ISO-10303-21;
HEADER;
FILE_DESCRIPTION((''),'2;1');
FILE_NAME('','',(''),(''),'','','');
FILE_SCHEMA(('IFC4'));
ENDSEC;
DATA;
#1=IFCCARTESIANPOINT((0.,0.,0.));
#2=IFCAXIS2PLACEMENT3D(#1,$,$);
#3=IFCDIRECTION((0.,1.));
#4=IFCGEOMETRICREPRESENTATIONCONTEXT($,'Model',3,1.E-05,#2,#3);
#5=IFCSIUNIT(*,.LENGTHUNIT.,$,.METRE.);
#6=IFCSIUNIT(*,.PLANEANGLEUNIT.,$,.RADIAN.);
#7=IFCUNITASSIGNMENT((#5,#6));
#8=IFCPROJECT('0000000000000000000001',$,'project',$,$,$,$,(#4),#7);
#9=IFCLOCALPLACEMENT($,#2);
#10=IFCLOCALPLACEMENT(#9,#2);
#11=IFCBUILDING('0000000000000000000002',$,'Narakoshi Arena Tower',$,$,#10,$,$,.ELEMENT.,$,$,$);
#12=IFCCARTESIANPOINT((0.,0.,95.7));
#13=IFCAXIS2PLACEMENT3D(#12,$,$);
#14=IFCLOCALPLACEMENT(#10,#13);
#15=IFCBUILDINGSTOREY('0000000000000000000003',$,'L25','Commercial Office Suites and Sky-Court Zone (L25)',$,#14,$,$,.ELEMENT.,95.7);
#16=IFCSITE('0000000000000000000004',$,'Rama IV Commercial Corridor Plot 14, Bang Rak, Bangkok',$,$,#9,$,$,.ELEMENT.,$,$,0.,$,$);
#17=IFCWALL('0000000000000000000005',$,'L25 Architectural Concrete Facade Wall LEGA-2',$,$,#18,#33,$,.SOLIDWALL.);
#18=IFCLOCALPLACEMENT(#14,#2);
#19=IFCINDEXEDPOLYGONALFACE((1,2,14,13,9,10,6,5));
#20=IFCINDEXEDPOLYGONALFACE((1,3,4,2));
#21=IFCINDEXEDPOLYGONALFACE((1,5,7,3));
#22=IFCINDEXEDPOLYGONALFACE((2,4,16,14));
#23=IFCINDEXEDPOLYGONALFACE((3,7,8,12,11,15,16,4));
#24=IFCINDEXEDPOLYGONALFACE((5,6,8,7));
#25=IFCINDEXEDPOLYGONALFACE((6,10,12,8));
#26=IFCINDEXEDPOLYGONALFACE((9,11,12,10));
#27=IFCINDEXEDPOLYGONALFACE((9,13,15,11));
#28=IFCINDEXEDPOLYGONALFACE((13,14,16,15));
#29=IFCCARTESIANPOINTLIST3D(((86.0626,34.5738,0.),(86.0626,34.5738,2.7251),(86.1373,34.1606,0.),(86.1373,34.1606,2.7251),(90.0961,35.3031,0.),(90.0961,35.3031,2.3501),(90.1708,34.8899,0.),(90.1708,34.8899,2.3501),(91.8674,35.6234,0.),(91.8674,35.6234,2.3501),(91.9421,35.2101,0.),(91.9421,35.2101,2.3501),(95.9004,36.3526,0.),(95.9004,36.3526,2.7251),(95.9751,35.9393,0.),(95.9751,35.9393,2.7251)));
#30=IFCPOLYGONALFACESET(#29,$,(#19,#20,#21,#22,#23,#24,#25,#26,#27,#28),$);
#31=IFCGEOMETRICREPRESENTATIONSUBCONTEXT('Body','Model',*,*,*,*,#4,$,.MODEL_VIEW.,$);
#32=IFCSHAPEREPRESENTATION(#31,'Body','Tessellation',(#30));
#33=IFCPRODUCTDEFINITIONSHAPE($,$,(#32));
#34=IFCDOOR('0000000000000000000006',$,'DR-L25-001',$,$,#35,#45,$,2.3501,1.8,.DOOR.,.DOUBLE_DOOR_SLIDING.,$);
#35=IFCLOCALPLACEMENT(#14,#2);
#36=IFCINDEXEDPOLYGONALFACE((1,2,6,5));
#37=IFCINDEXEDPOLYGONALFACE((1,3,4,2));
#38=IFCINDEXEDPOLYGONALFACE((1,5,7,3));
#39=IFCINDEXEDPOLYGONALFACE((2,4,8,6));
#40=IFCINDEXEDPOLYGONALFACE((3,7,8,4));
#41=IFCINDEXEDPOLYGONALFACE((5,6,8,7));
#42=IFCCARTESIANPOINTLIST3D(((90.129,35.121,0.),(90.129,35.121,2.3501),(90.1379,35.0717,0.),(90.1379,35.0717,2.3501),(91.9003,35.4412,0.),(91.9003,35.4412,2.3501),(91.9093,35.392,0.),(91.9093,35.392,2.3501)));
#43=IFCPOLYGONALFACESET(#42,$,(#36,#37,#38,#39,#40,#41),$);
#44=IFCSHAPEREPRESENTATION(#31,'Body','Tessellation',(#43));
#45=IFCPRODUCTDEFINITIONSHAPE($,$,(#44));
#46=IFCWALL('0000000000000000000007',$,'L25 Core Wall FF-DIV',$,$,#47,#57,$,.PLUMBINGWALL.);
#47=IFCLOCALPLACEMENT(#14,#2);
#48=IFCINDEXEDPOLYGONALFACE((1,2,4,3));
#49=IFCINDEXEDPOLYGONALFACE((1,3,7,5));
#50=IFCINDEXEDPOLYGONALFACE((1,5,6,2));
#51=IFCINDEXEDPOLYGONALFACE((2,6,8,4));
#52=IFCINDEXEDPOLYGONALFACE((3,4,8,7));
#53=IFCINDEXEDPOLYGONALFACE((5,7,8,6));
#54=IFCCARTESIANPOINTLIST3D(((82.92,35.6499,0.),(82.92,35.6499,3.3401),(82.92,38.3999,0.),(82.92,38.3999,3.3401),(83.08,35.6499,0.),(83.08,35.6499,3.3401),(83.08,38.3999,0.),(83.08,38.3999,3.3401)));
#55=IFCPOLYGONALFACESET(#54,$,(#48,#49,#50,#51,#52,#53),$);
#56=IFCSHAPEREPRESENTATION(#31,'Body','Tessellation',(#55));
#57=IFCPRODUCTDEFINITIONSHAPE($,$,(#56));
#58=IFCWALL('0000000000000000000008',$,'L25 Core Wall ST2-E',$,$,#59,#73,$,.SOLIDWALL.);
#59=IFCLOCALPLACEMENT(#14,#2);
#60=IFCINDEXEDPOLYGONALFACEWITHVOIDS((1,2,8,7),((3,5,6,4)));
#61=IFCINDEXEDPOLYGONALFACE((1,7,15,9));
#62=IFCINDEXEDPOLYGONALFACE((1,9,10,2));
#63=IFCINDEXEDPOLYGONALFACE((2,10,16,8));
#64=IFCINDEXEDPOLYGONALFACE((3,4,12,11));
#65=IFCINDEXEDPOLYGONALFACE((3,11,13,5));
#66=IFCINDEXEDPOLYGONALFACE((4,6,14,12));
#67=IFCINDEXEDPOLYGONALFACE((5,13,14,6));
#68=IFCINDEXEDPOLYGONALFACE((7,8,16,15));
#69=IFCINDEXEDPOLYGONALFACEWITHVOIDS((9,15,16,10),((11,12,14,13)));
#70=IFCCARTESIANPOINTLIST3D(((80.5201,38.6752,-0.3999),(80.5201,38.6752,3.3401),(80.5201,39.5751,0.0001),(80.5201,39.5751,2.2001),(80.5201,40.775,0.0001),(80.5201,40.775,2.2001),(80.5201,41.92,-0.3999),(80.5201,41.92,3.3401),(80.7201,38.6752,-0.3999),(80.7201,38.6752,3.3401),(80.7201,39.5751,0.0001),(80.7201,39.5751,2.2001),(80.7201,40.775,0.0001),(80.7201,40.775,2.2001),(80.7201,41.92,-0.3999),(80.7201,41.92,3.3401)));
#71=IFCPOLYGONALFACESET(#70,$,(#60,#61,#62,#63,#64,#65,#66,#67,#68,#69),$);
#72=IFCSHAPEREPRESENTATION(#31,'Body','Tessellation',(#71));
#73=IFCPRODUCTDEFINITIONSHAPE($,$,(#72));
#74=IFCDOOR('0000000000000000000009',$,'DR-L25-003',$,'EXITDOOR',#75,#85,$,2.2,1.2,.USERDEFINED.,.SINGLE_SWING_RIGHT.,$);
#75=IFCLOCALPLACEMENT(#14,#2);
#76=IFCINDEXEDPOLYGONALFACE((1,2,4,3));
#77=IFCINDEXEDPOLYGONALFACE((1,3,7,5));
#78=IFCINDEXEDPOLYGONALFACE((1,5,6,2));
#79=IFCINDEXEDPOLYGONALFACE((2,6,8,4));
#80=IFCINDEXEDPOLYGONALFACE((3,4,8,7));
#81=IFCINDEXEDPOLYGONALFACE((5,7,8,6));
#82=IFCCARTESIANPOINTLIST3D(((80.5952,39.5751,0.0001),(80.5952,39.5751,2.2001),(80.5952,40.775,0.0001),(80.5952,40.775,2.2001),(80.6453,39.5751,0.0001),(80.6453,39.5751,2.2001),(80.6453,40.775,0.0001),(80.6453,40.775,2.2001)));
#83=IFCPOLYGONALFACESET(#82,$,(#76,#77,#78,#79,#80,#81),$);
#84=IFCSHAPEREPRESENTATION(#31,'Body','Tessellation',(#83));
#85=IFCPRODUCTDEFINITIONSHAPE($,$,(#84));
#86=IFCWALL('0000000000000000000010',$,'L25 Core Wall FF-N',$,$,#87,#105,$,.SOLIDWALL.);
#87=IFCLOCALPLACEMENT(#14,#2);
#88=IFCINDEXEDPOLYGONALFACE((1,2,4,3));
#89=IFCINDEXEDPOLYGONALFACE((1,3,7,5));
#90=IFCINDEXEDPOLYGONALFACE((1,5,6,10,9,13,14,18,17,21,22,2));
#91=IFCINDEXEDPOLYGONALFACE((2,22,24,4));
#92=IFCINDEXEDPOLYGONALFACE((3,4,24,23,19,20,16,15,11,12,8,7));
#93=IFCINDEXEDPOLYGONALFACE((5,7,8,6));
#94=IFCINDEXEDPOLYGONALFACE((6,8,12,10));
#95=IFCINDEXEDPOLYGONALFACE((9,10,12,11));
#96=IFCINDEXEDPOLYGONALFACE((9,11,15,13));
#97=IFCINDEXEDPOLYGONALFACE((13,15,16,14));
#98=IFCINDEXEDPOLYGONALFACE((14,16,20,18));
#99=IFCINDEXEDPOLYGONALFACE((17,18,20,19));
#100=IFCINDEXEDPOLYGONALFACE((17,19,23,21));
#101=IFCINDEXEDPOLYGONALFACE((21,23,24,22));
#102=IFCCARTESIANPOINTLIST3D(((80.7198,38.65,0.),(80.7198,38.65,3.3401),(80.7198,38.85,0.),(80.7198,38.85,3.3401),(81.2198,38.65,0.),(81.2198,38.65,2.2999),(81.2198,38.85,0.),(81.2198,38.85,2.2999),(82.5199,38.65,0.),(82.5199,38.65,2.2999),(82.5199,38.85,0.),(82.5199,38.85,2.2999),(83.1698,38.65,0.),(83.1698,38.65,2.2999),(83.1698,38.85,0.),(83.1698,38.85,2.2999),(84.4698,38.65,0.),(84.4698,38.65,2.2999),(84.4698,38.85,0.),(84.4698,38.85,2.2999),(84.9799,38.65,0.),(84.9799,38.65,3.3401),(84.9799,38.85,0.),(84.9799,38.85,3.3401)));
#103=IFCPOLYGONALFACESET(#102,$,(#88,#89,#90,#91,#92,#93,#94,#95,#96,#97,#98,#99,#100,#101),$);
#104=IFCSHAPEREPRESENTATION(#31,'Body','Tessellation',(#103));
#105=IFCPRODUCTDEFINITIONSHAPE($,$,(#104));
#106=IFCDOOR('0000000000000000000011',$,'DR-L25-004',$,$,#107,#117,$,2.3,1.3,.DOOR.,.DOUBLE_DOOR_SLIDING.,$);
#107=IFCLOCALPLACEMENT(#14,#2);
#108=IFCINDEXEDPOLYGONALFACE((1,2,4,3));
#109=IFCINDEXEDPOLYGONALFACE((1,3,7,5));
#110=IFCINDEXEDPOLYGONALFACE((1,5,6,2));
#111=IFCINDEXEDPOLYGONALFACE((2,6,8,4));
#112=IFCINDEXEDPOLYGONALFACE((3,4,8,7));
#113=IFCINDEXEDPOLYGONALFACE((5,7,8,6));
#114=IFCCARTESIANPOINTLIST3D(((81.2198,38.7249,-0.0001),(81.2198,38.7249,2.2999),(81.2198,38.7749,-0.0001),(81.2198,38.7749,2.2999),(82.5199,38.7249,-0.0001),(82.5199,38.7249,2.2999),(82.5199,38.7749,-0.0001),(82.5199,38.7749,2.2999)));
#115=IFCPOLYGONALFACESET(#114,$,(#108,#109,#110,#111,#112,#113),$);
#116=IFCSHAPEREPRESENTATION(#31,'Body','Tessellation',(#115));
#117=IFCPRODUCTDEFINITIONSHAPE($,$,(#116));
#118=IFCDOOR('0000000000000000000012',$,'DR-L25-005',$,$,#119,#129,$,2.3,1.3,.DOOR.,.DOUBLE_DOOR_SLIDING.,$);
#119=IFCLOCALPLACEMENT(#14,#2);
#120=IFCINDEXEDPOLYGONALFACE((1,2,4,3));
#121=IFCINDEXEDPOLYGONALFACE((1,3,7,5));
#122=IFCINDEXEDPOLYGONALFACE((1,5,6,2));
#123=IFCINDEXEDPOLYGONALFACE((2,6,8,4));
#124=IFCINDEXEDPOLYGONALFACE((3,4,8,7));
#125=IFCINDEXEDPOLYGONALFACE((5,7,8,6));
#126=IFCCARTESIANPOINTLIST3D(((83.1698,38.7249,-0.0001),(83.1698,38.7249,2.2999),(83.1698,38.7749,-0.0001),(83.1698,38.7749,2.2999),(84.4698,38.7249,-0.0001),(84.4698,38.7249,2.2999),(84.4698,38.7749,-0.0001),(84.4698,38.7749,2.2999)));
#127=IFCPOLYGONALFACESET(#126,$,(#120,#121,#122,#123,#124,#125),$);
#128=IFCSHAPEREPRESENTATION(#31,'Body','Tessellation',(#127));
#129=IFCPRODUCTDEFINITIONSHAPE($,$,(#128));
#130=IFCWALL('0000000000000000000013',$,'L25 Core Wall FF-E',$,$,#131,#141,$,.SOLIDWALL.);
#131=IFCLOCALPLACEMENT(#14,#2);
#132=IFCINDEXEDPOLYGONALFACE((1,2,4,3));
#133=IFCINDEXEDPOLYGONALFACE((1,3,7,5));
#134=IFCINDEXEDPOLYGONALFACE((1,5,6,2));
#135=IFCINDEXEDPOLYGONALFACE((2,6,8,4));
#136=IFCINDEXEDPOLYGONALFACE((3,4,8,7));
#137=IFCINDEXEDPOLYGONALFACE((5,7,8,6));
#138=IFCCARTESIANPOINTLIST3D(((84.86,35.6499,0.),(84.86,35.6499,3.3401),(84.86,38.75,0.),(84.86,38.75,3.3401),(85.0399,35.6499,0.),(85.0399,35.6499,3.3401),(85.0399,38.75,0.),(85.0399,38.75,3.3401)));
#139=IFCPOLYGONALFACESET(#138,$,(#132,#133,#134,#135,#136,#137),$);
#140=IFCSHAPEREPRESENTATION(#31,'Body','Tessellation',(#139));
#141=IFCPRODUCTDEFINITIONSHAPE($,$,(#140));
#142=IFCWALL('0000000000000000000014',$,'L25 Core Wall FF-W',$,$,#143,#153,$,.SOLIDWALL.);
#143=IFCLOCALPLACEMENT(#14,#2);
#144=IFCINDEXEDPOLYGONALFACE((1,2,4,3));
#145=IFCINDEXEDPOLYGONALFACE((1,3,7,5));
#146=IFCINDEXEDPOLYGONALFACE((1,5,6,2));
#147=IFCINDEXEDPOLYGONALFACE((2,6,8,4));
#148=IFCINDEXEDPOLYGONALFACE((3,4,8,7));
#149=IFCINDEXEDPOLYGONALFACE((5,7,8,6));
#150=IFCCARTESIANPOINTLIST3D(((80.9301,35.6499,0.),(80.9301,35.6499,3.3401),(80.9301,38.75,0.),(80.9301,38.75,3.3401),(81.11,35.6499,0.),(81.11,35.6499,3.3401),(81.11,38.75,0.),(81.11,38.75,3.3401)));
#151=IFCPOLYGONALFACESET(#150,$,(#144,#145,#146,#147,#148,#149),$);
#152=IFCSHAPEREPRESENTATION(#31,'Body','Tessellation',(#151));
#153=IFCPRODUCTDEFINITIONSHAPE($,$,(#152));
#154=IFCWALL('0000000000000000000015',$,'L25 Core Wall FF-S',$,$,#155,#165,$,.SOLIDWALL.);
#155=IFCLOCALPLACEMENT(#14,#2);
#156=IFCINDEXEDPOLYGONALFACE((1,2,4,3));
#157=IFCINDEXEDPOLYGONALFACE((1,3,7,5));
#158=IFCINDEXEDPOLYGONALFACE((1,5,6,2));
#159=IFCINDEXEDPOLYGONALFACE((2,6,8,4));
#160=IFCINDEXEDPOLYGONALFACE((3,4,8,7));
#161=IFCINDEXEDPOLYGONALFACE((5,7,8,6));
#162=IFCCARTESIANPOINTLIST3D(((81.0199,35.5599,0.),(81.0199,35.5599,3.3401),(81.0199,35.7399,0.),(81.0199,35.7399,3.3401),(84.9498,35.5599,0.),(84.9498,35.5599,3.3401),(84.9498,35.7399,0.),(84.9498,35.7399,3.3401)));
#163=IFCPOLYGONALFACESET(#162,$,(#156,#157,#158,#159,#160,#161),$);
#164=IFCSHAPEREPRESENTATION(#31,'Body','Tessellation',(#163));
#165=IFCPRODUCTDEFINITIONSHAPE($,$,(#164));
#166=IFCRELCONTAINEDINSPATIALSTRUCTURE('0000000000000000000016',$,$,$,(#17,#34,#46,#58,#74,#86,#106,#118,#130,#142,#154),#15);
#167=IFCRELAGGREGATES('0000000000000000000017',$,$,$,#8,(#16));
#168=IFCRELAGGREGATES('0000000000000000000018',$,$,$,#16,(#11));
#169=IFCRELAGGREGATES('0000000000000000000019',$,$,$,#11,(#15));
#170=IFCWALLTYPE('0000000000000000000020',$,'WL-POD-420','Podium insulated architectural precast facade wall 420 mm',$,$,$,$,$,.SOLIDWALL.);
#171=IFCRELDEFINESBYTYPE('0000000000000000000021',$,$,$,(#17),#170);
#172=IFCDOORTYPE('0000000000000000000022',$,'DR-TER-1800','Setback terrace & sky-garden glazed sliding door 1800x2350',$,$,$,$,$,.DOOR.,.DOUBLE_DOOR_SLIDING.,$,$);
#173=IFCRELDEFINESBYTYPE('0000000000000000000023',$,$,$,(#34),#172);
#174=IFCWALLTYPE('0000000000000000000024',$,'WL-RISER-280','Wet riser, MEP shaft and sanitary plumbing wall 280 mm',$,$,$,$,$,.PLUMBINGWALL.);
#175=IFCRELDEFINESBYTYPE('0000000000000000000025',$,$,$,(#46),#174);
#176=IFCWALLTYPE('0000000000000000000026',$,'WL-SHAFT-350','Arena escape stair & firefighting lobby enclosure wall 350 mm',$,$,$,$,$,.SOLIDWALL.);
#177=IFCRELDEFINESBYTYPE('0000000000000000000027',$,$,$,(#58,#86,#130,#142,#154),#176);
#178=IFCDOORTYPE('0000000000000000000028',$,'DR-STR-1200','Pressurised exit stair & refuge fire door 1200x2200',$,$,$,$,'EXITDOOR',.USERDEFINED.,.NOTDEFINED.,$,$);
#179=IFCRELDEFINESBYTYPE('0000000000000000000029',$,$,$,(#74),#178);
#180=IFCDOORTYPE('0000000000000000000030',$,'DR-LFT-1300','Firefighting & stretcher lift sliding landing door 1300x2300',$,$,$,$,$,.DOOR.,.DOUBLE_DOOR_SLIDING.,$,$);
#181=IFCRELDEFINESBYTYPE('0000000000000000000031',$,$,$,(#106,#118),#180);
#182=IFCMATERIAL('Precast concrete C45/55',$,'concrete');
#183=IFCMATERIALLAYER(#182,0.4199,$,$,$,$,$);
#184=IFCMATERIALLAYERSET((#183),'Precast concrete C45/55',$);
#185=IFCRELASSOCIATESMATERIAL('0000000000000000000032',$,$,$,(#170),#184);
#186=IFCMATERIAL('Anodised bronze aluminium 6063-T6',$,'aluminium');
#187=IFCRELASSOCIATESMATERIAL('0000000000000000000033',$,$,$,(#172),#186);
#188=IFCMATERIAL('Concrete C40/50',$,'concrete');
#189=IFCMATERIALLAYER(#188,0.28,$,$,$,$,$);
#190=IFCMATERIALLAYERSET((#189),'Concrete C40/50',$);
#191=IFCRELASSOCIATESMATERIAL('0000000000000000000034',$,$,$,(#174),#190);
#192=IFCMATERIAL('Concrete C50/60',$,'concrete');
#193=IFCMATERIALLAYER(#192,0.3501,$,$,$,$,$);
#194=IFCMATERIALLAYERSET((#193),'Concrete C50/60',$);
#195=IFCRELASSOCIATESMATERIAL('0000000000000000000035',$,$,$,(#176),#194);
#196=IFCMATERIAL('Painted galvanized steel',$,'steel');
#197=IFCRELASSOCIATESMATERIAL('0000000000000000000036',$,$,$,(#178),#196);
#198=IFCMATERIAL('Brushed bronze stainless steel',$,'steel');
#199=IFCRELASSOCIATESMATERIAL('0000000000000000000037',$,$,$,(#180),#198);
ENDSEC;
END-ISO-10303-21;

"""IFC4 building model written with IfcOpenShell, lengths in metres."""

from ifc_helpers import new_model, si_unit, direction, frame, frame_2d, origin, place, context, subcontext, project, spatial, rectangle, extrude, material, layer, layer_set, type_object, element, fill, save


model = new_model("IFC4")

# Units and contexts
model_context = context("Model", 3, precision=1e-05, world=origin(), true_north=direction((0.0, 1.0)))
body_context = subcontext(model_context, "Body", "Model", "MODEL_VIEW")
ifc_project = project(units=[si_unit("LENGTHUNIT", "METRE"), si_unit("PLANEANGLEUNIT", "RADIAN")], contexts=[model_context])

# Site, building, storey
site_placement = place(None, origin())
site = spatial("IfcSite", under=ifc_project, at=site_placement, Name="Rama IV Commercial Corridor Plot 14, Bang Rak, Bangkok", CompositionType="ELEMENT", RefElevation=0.0)
building_placement = place(site_placement, origin())
building = spatial("IfcBuilding", under=site, at=building_placement, Name="Narakoshi Arena Tower", CompositionType="ELEMENT")
storey_placement = place(building_placement, frame((0.0, 0.0, 95.7)))
storey = spatial("IfcBuildingStorey", under=building, at=storey_placement, Name="L25", Description="Commercial Office Suites and Sky-Court Zone (L25)", CompositionType="ELEMENT", Elevation=95.7)

# Wall, opening, door
ifc_material_1 = material(Name="Precast concrete C45/55", Category="concrete")
ifc_layer_1 = layer(ifc_material_1, 0.4199)
ifc_layer_set_1 = layer_set([ifc_layer_1], Name="Precast concrete C45/55")
wall_type_1 = type_object("IfcWallType", Name="WL-POD-420", Description="Podium insulated architectural precast facade wall 420 mm", PredefinedType="SOLIDWALL", material=ifc_layer_set_1)
wall_1_placement = place(storey_placement, frame((86.1001, 34.3672, 0.0), z_axis=(0.0, 0.0, 1.0), x_axis=(0.984044, 0.177927, 0.0)))
wall_1 = element("IfcWall", 1, at=wall_1_placement, inside=storey, type_object=wall_type_1, Name="L25 Architectural Concrete Facade Wall LEGA-2", PredefinedType="SOLIDWALL", context=body_context, shape_type="SweptSolid", body=[
    extrude(rectangle(XDim=9.9973, YDim=0.4199, at=frame_2d((4.9985, 0.0))), origin(), (0.0, 0.0, 1.0), 2.7251),
])
opening_1_placement = place(wall_1_placement, frame((4.0989, 0.0, 0.0)))
opening_1 = element("IfcOpeningElement", 2, at=opening_1_placement, cuts=wall_1, PredefinedType="OPENING", context=body_context, shape_type="SweptSolid", body=[
    extrude(rectangle(XDim=1.8, YDim=2.3501, at=frame_2d((0.8999, 1.175))), frame((0.0, 0.22, 0.0), z_axis=(0.0, -1.0, 0.0), x_axis=(1.0, 0.0, 0.0)), (0.0, 0.0, 1.0), 0.4399),
])
ifc_material_2 = material(Name="Anodised bronze aluminium 6063-T6", Category="aluminium")
door_type_1 = type_object("IfcDoorType", Name="DR-TER-1800", Description="Setback terrace & sky-garden glazed sliding door 1800x2350", OperationType="DOUBLE_DOOR_SLIDING", PredefinedType="DOOR", material=ifc_material_2)
door_1_placement = place(opening_1_placement, origin())
door_1 = element("IfcDoor", 3, at=door_1_placement, inside=storey, type_object=door_type_1, Name="DR-L25-001", OperationType="DOUBLE_DOOR_SLIDING", OverallHeight=2.3501, OverallWidth=1.8, PredefinedType="DOOR", context=body_context, shape_type="SweptSolid", body=[
    extrude(rectangle(XDim=1.8, YDim=2.3501, at=frame_2d((0.8999, 1.175))), frame((0.0, 0.0249, 0.0), z_axis=(0.0, -1.0, 0.0), x_axis=(1.0, 0.0, 0.0)), (0.0, 0.0, 1.0), 0.05),
])
fill(opening_1, door_1)

# Wall
ifc_material_3 = material(Name="Concrete C40/50", Category="concrete")
ifc_layer_2 = layer(ifc_material_3, 0.28)
ifc_layer_set_2 = layer_set([ifc_layer_2], Name="Concrete C40/50")
wall_type_2 = type_object("IfcWallType", Name="WL-RISER-280", Description="Wet riser, MEP shaft and sanitary plumbing wall 280 mm", PredefinedType="PLUMBINGWALL", material=ifc_layer_set_2)
wall_2_placement = place(storey_placement, frame((83.0, 35.6499, 0.0), z_axis=(0.0, 0.0, 1.0), x_axis=(0.0, 1.0, 0.0)))
element("IfcWall", 4, at=wall_2_placement, inside=storey, type_object=wall_type_2, Name="L25 Core Wall FF-DIV", PredefinedType="PLUMBINGWALL", context=body_context, shape_type="SweptSolid", body=[
    extrude(rectangle(XDim=2.75, YDim=0.1599, at=frame_2d((1.375, 0.0))), origin(), (0.0, 0.0, 1.0), 3.3401),
])

# Wall, opening, door
ifc_material_4 = material(Name="Concrete C50/60", Category="concrete")
ifc_layer_3 = layer(ifc_material_4, 0.3501)
ifc_layer_set_3 = layer_set([ifc_layer_3], Name="Concrete C50/60")
wall_type_3 = type_object("IfcWallType", Name="WL-SHAFT-350", Description="Arena escape stair & firefighting lobby enclosure wall 350 mm", PredefinedType="SOLIDWALL", material=ifc_layer_set_3)
wall_3_placement = place(storey_placement, frame((80.6201, 38.675, -0.3999), z_axis=(0.0, 0.0, 1.0), x_axis=(0.0, 1.0, 0.0)))
wall_3 = element("IfcWall", 5, at=wall_3_placement, inside=storey, type_object=wall_type_3, Name="L25 Core Wall ST2-E", PredefinedType="SOLIDWALL", context=body_context, shape_type="SweptSolid", body=[
    extrude(rectangle(XDim=3.2449, YDim=0.2, at=frame_2d((1.6226, 0.0))), origin(), (0.0, 0.0, 1.0), 3.74),
])
opening_2_placement = place(wall_3_placement, frame((0.8999, 0.0, 0.3999)))
opening_2 = element("IfcOpeningElement", 6, at=opening_2_placement, cuts=wall_3, PredefinedType="OPENING", context=body_context, shape_type="SweptSolid", body=[
    extrude(rectangle(XDim=1.2, YDim=2.2, at=frame_2d((0.6001, 1.1001))), frame((0.0, 0.1099, 0.0), z_axis=(0.0, -1.0, 0.0), x_axis=(1.0, 0.0, 0.0)), (0.0, 0.0, 1.0), 0.22),
])
ifc_material_5 = material(Name="Painted galvanized steel", Category="steel")
door_type_2 = type_object("IfcDoorType", Name="DR-STR-1200", Description="Pressurised exit stair & refuge fire door 1200x2200", ElementType="EXITDOOR", OperationType="NOTDEFINED", PredefinedType="USERDEFINED", material=ifc_material_5)
door_2_placement = place(opening_2_placement, origin())
door_2 = element("IfcDoor", 7, at=door_2_placement, inside=storey, type_object=door_type_2, Name="DR-L25-003", ObjectType="EXITDOOR", OperationType="SINGLE_SWING_RIGHT", OverallHeight=2.2, OverallWidth=1.2, PredefinedType="USERDEFINED", context=body_context, shape_type="SweptSolid", body=[
    extrude(rectangle(XDim=1.2, YDim=2.2, at=frame_2d((0.6001, 1.1001))), frame((0.0, 0.0249, 0.0), z_axis=(0.0, -1.0, 0.0), x_axis=(1.0, 0.0, 0.0)), (0.0, 0.0, 1.0), 0.05),
])
fill(opening_2, door_2)

# Wall, openings, doors
wall_4_placement = place(storey_placement, frame((80.72, 38.75, 0.0), z_axis=(0.0, 0.0, 1.0), x_axis=(1.0, 0.0, 0.0)))
wall_4 = element("IfcWall", 8, at=wall_4_placement, inside=storey, type_object=wall_type_3, Name="L25 Core Wall FF-N", PredefinedType="SOLIDWALL", context=body_context, shape_type="SweptSolid", body=[
    extrude(rectangle(XDim=4.26, YDim=0.2, at=frame_2d((2.1299, 0.0))), origin(), (0.0, 0.0, 1.0), 3.3401),
])
opening_3_placement = place(wall_4_placement, frame((0.5, 0.0, 0.0)))
opening_3 = element("IfcOpeningElement", 9, at=opening_3_placement, cuts=wall_4, PredefinedType="OPENING", context=body_context, shape_type="SweptSolid", body=[
    extrude(rectangle(XDim=1.3, YDim=2.3, at=frame_2d((0.6499, 1.1499))), frame((0.0, 0.1099, 0.0), z_axis=(0.0, -1.0, 0.0), x_axis=(1.0, 0.0, 0.0)), (0.0, 0.0, 1.0), 0.22),
])
opening_4_placement = place(wall_4_placement, frame((2.45, 0.0, 0.0)))
opening_4 = element("IfcOpeningElement", 10, at=opening_4_placement, cuts=wall_4, PredefinedType="OPENING", context=body_context, shape_type="SweptSolid", body=[
    extrude(rectangle(XDim=1.3, YDim=2.3, at=frame_2d((0.6499, 1.1499))), frame((0.0, 0.1099, 0.0), z_axis=(0.0, -1.0, 0.0), x_axis=(1.0, 0.0, 0.0)), (0.0, 0.0, 1.0), 0.22),
])
ifc_material_6 = material(Name="Brushed bronze stainless steel", Category="steel")
door_type_3 = type_object("IfcDoorType", Name="DR-LFT-1300", Description="Firefighting & stretcher lift sliding landing door 1300x2300", OperationType="DOUBLE_DOOR_SLIDING", PredefinedType="DOOR", material=ifc_material_6)
door_3_placement = place(opening_3_placement, origin())
door_3 = element("IfcDoor", 11, at=door_3_placement, inside=storey, type_object=door_type_3, Name="DR-L25-004", OperationType="DOUBLE_DOOR_SLIDING", OverallHeight=2.3, OverallWidth=1.3, PredefinedType="DOOR", context=body_context, shape_type="SweptSolid", body=[
    extrude(rectangle(XDim=1.3, YDim=2.3, at=frame_2d((0.6499, 1.1499))), frame((0.0, 0.0249, 0.0), z_axis=(0.0, -1.0, 0.0), x_axis=(1.0, 0.0, 0.0)), (0.0, 0.0, 1.0), 0.05),
])
fill(opening_3, door_3)
door_4_placement = place(opening_4_placement, origin())
door_4 = element("IfcDoor", 12, at=door_4_placement, inside=storey, type_object=door_type_3, Name="DR-L25-005", OperationType="DOUBLE_DOOR_SLIDING", OverallHeight=2.3, OverallWidth=1.3, PredefinedType="DOOR", context=body_context, shape_type="SweptSolid", body=[
    extrude(rectangle(XDim=1.3, YDim=2.3, at=frame_2d((0.6499, 1.1499))), frame((0.0, 0.0249, 0.0), z_axis=(0.0, -1.0, 0.0), x_axis=(1.0, 0.0, 0.0)), (0.0, 0.0, 1.0), 0.05),
])
fill(opening_4, door_4)

# Walls
for number, where, z_axis, x_axis, name in (
    (13, (84.95, 35.6499, 0.0), (0.0, 0.0, 1.0), (0.0, 1.0, 0.0), "L25 Core Wall FF-E"),
    (14, (81.02, 35.6499, 0.0), (0.0, 0.0, 1.0), (0.0, 1.0, 0.0), "L25 Core Wall FF-W"),
):
    element("IfcWall", number, at=place(storey_placement, frame(where, z_axis=z_axis, x_axis=x_axis)), inside=storey, type_object=wall_type_3, Name=name, PredefinedType="SOLIDWALL", context=body_context, shape_type="SweptSolid", body=[
        extrude(rectangle(XDim=3.1001, YDim=0.1799, at=frame_2d((1.55, 0.0))), origin(), (0.0, 0.0, 1.0), 3.3401),
    ])
wall_5_placement = place(storey_placement, frame((81.02, 35.6499, 0.0), z_axis=(0.0, 0.0, 1.0), x_axis=(1.0, 0.0, 0.0)))
element("IfcWall", 15, at=wall_5_placement, inside=storey, type_object=wall_type_3, Name="L25 Core Wall FF-S", PredefinedType="SOLIDWALL", context=body_context, shape_type="SweptSolid", body=[
    extrude(rectangle(XDim=3.9299, YDim=0.1799, at=frame_2d((1.9648, 0.0))), origin(), (0.0, 0.0, 1.0), 3.3401),
])

save(model, "model.ifc")
